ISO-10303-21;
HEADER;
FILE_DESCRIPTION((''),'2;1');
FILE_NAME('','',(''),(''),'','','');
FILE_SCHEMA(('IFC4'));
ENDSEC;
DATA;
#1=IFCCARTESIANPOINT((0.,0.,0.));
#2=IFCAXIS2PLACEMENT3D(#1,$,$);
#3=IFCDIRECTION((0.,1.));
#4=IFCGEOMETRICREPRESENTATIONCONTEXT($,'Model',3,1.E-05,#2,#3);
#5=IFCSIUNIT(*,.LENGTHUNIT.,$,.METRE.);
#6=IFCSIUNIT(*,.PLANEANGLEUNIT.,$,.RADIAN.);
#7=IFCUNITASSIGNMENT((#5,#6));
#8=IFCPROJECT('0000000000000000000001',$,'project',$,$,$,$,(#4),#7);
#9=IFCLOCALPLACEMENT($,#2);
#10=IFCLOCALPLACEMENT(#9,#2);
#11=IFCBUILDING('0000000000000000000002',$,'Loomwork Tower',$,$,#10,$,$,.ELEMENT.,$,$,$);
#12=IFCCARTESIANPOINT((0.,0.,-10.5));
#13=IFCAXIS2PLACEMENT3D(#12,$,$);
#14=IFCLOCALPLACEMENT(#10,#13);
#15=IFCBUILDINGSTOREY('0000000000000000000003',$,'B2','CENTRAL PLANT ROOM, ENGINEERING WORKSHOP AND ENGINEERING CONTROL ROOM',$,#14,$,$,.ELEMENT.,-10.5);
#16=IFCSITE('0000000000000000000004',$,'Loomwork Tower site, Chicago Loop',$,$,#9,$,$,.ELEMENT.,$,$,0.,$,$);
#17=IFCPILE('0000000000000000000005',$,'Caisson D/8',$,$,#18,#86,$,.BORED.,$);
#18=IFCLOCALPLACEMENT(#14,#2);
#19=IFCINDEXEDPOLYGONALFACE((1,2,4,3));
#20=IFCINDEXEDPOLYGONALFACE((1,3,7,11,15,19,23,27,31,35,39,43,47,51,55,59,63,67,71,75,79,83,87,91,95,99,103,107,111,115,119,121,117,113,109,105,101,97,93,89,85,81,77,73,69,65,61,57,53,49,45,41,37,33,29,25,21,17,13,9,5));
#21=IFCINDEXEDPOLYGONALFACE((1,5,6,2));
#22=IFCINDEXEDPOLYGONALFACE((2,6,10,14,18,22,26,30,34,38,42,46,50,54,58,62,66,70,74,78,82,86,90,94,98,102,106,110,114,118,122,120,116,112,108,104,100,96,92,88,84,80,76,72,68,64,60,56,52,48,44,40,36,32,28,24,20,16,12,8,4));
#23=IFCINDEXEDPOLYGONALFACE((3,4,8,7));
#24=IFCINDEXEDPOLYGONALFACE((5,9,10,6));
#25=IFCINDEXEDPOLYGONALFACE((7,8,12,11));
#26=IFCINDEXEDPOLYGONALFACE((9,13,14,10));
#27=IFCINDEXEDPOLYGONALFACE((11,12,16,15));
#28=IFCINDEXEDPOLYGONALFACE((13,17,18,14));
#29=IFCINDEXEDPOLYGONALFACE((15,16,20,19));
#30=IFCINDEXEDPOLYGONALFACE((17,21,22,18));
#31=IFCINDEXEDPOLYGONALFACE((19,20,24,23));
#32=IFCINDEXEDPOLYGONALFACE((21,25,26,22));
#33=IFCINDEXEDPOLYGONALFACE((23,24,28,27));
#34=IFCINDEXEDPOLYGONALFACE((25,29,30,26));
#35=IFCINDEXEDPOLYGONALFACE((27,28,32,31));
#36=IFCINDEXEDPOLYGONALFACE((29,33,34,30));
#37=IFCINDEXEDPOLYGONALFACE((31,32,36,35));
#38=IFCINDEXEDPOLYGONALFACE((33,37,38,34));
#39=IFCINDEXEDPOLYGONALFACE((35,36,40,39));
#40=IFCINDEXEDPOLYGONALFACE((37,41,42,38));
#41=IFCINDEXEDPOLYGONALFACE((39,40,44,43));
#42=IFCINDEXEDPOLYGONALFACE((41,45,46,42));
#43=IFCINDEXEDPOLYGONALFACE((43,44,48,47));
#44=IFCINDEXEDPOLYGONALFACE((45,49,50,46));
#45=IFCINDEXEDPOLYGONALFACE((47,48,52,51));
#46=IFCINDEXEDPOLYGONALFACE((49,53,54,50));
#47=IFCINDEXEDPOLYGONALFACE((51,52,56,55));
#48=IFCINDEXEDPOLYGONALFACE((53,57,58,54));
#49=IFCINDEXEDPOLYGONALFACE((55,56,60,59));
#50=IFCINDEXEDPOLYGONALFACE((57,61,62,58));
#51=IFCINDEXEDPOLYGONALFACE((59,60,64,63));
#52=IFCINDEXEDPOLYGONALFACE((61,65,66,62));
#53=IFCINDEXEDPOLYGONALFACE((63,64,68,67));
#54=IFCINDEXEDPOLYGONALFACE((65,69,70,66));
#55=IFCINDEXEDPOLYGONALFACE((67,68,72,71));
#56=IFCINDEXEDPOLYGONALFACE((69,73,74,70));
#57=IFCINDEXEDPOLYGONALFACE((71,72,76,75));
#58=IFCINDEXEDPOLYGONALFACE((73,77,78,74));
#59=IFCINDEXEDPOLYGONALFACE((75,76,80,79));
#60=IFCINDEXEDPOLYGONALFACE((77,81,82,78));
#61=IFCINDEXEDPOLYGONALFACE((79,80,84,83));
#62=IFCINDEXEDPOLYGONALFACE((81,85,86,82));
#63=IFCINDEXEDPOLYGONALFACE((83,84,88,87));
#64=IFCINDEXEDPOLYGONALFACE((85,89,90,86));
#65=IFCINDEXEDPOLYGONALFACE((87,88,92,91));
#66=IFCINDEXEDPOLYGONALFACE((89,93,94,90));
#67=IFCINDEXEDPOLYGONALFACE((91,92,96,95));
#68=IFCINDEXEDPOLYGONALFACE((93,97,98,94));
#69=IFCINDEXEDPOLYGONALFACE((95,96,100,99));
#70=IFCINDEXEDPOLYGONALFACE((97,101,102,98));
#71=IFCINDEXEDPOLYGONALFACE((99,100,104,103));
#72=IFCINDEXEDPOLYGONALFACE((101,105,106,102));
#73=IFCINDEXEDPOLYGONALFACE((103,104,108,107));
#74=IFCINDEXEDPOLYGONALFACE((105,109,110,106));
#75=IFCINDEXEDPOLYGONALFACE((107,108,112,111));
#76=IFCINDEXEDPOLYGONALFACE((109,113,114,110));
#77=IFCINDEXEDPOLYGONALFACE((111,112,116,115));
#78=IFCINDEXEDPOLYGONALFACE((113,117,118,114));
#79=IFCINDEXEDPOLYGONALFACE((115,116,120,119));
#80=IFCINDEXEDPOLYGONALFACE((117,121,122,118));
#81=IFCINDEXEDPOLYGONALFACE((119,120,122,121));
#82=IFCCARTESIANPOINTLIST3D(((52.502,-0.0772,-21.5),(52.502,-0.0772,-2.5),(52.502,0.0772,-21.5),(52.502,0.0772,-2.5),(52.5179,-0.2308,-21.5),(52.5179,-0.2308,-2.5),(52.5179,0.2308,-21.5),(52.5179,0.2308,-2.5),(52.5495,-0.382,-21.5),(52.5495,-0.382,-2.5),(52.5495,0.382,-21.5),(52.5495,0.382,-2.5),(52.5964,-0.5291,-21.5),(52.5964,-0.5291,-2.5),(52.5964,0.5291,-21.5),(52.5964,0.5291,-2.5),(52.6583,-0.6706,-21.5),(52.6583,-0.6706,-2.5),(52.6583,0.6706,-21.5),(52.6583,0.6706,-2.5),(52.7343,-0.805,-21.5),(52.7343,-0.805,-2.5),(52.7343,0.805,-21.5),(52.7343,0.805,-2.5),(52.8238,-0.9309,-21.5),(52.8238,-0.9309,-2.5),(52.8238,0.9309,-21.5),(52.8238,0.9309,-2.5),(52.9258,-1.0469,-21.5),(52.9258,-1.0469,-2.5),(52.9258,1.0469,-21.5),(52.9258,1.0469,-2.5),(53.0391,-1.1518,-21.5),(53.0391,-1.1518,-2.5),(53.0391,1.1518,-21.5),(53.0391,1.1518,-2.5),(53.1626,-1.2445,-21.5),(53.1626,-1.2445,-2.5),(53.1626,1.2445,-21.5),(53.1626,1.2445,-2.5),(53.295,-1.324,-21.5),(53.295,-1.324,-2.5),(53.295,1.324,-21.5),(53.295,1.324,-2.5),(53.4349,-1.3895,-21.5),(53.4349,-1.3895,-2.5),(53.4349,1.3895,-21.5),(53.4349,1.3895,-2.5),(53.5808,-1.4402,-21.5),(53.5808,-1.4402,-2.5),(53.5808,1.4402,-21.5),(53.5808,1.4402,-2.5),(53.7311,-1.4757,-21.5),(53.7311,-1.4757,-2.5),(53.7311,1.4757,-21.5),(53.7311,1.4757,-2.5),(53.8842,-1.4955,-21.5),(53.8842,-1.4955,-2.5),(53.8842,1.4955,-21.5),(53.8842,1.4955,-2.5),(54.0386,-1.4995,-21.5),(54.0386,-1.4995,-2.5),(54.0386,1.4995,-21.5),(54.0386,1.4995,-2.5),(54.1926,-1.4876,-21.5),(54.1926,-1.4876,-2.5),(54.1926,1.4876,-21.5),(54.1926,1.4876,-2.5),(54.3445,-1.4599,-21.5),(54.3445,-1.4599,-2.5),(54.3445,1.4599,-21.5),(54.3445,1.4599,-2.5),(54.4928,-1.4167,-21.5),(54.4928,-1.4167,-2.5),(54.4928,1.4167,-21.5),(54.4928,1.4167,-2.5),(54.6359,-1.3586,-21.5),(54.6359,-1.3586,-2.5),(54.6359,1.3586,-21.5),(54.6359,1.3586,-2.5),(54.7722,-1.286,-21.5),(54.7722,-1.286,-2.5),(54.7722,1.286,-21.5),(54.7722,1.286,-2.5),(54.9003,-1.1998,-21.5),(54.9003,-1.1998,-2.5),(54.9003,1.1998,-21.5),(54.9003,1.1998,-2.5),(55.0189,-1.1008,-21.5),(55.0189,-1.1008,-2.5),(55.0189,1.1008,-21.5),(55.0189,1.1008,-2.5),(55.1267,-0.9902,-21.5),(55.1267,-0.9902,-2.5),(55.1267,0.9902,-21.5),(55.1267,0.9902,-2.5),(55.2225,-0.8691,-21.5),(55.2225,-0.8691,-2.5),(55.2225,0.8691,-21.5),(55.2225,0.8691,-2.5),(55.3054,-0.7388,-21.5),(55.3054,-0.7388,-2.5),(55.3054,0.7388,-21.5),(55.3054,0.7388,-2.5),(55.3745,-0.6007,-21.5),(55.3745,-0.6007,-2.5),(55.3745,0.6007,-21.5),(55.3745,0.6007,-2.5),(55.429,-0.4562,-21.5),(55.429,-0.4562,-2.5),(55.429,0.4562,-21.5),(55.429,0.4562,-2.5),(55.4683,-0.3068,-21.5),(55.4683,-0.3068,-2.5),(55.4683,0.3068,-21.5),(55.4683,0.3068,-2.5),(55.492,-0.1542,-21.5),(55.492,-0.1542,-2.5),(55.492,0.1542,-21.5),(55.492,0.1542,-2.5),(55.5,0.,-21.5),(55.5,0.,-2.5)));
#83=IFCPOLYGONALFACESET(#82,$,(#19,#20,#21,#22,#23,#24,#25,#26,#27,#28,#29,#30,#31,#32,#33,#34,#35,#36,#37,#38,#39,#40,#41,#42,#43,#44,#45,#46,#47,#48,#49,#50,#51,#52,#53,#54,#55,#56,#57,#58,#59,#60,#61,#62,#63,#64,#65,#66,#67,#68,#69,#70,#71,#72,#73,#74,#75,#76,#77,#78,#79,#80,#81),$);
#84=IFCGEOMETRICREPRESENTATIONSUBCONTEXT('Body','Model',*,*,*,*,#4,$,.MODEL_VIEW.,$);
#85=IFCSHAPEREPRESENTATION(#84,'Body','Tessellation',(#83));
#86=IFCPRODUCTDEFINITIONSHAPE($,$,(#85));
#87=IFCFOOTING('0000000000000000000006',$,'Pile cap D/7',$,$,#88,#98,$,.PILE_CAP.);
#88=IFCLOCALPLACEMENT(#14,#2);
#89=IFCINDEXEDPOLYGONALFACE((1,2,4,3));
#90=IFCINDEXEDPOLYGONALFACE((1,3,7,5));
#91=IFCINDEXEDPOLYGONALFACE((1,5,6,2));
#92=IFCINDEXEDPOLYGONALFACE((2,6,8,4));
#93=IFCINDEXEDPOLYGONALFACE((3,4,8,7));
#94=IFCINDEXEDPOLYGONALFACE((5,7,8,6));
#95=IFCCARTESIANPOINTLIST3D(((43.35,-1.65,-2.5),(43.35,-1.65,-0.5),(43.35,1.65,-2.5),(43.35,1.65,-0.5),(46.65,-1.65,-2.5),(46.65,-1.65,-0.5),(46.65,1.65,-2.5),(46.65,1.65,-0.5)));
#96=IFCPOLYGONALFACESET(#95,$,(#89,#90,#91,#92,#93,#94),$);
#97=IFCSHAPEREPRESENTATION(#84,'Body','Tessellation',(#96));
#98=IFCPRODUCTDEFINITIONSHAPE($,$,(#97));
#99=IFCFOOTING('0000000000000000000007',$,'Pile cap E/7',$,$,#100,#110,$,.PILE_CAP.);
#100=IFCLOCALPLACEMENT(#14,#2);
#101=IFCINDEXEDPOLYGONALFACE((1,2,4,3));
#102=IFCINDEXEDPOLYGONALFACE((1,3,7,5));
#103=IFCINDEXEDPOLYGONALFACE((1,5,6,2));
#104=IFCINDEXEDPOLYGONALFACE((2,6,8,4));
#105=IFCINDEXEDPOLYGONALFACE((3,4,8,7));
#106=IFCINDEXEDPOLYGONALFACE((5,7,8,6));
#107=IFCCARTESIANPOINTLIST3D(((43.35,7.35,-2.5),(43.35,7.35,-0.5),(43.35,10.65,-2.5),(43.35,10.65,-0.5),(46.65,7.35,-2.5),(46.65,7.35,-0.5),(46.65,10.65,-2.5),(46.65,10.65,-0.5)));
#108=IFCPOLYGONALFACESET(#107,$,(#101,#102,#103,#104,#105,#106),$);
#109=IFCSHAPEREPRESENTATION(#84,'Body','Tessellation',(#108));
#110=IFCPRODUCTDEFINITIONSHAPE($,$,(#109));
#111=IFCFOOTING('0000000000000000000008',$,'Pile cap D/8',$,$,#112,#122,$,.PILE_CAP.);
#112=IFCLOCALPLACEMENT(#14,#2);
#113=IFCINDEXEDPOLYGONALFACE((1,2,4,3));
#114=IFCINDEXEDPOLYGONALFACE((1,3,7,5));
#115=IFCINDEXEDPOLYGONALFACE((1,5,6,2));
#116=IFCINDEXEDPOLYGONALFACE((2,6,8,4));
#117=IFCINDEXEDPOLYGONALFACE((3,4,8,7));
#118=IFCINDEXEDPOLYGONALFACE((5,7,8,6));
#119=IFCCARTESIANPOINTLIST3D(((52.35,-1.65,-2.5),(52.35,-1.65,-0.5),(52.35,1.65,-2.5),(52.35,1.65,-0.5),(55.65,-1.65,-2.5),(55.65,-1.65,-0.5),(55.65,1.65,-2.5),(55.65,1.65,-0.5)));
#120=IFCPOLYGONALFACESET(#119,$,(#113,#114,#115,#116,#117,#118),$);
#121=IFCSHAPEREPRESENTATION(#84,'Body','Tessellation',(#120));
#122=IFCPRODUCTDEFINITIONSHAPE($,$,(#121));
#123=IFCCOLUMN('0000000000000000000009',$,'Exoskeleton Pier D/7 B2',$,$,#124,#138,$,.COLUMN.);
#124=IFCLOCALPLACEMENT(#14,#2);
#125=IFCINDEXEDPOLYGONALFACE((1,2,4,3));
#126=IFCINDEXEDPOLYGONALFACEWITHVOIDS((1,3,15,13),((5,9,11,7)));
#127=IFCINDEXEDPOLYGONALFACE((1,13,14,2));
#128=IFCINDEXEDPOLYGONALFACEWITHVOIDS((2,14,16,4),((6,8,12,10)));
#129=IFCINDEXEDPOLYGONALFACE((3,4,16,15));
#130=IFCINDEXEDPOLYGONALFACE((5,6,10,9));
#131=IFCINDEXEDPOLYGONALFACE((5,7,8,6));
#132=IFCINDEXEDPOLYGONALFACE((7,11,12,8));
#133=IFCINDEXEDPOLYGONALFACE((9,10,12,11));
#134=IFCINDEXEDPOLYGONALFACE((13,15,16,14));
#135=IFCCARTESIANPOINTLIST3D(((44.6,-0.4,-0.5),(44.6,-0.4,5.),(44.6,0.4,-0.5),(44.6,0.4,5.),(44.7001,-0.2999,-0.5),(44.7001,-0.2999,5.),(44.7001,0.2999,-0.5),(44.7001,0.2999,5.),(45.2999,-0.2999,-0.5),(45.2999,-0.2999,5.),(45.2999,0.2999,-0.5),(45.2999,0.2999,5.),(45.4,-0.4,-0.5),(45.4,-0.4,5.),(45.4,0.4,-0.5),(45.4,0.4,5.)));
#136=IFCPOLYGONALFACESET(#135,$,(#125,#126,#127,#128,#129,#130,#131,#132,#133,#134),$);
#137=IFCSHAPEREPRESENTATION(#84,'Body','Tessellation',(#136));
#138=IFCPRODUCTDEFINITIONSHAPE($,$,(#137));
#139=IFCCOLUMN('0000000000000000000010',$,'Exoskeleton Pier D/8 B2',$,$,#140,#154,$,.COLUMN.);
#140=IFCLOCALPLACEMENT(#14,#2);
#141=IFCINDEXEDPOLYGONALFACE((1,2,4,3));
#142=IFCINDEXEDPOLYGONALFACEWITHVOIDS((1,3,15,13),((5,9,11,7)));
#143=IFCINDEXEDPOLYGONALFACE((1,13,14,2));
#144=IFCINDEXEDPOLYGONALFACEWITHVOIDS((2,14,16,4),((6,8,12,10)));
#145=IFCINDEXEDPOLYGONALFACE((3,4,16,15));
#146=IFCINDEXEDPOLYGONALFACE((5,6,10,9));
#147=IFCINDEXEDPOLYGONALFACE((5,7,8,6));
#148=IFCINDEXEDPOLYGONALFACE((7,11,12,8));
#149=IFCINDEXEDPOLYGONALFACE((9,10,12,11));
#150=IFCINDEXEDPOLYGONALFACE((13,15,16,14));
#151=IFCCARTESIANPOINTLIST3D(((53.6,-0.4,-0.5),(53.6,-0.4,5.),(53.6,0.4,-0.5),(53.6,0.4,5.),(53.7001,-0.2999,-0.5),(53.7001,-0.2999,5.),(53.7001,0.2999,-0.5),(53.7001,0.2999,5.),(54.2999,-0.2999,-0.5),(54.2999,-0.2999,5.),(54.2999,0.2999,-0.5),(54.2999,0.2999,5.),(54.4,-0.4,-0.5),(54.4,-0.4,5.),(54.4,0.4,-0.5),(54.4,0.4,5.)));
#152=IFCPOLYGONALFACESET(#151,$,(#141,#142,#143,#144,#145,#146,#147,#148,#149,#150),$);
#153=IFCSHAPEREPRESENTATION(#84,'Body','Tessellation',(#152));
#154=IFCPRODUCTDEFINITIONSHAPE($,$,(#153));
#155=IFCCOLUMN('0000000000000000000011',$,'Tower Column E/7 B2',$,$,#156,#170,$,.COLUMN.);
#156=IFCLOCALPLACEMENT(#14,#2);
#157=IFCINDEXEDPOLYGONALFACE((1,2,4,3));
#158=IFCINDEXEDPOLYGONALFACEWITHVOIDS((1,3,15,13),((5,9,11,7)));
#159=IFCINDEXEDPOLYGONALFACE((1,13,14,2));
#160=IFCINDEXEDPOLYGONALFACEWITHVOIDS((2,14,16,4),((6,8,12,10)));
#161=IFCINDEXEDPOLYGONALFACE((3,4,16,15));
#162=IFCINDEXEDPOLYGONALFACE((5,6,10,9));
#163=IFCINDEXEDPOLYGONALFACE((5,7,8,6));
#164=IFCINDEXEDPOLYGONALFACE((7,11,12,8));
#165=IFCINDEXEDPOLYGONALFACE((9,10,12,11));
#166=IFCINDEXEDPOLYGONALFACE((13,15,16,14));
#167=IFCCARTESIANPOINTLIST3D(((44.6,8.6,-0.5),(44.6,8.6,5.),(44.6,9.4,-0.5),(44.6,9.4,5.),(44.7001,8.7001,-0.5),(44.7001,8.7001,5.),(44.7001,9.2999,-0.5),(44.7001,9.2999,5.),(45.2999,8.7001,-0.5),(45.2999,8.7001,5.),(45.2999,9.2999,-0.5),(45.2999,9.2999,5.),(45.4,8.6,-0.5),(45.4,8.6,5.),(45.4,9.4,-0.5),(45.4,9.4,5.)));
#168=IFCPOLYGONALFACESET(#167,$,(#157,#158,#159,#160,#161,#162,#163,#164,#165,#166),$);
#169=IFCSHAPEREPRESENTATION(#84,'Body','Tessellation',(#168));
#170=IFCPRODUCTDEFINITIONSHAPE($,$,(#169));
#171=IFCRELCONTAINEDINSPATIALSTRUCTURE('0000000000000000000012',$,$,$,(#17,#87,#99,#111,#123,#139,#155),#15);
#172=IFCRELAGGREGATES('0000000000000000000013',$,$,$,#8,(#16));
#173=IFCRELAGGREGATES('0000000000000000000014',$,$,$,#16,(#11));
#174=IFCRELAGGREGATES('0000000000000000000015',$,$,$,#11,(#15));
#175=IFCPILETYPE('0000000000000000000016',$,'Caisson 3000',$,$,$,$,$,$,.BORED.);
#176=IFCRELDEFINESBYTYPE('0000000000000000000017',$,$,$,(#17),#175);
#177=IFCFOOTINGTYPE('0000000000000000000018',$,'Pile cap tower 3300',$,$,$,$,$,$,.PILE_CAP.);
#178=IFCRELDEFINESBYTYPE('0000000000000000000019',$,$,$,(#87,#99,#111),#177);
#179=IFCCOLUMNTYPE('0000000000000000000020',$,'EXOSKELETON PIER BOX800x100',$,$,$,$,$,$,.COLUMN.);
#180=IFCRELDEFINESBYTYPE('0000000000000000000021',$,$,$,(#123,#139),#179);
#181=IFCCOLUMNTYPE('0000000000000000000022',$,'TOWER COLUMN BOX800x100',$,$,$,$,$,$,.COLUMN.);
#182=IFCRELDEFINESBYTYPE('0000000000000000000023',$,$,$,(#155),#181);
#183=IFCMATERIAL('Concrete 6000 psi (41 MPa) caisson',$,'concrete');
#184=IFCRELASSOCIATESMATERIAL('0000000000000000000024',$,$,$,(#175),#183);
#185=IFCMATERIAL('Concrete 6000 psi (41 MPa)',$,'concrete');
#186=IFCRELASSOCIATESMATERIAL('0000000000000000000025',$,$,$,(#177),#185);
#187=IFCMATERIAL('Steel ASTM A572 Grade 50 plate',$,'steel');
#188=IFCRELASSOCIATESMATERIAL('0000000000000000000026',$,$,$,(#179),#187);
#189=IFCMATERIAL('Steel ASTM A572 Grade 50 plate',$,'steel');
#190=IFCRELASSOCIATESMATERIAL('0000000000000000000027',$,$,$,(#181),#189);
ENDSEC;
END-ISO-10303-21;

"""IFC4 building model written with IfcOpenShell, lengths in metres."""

from ifc_helpers import new_model, si_unit, direction, frame, origin, origin_2d, place, context, subcontext, project, spatial, rectangle, hollow_rectangle, circle, extrude, material, material_profile, profile_set, type_object, element, save


model = new_model("IFC4")

# Units and contexts
model_context = context("Model", 3, precision=1e-05, world=origin(), true_north=direction((0.0, 1.0)))
body_context = subcontext(model_context, "Body", "Model", "MODEL_VIEW")
ifc_project = project(units=[si_unit("LENGTHUNIT", "METRE"), si_unit("PLANEANGLEUNIT", "RADIAN")], contexts=[model_context])

# Site, building, storey
site_placement = place(None, origin())
site = spatial("IfcSite", under=ifc_project, at=site_placement, Name="Loomwork Tower site, Chicago Loop", CompositionType="ELEMENT", RefElevation=0.0)
building_placement = place(site_placement, origin())
building = spatial("IfcBuilding", under=site, at=building_placement, Name="Loomwork Tower", CompositionType="ELEMENT")
storey_placement = place(building_placement, frame((0.0, 0.0, -10.5)))
storey = spatial("IfcBuildingStorey", under=building, at=storey_placement, Name="B2", Description="CENTRAL PLANT ROOM, ENGINEERING WORKSHOP AND ENGINEERING CONTROL ROOM", CompositionType="ELEMENT", Elevation=-10.5)

# Pile
ifc_material_1 = material(Name="Concrete 6000 psi (41 MPa) caisson", Category="concrete")
ifc_material_profile_1 = material_profile(ifc_material_1, circle(Radius=1.5, at=origin_2d()), Name="D3000")
ifc_profile_set_1 = profile_set([ifc_material_profile_1], Name="Concrete 6000 psi (41 MPa) caisson")
pile_type = type_object("IfcPileType", Name="Caisson 3000", PredefinedType="BORED", material=ifc_profile_set_1)
for number, where, z_axis, x_axis, name in (
    (1, (54.0, 0.0, -2.5), (0.0, 0.0, -1.0), (1.0, 0.0, 0.0), "Caisson D/8"),
):
    element("IfcPile", number, at=place(storey_placement, frame(where, z_axis=z_axis, x_axis=x_axis)), inside=storey, type_object=pile_type, Name=name, PredefinedType="BORED", context=body_context, shape_type="SweptSolid", body=[
        extrude(circle(Radius=1.5, at=origin_2d()), origin(), (0.0, 0.0, 1.0), 19.0),
    ])

# Footings
ifc_material_2 = material(Name="Concrete 6000 psi (41 MPa)", Category="concrete")
footing_type = type_object("IfcFootingType", Name="Pile cap tower 3300", PredefinedType="PILE_CAP", material=ifc_material_2)
for number, where, z_axis, x_axis, name in (
    (2, (45.0, 0.0, -2.5), (0.0, 0.0, 1.0), (1.0, 0.0, 0.0), "Pile cap D/7"),
    (3, (45.0, 9.0, -2.5), (0.0, 0.0, 1.0), (1.0, 0.0, 0.0), "Pile cap E/7"),
    (4, (54.0, 0.0, -2.5), (0.0, 0.0, 1.0), (1.0, 0.0, 0.0), "Pile cap D/8"),
):
    element("IfcFooting", number, at=place(storey_placement, frame(where, z_axis=z_axis, x_axis=x_axis)), inside=storey, type_object=footing_type, Name=name, PredefinedType="PILE_CAP", context=body_context, shape_type="SweptSolid", body=[
        extrude(rectangle(XDim=3.3, YDim=3.3, at=origin_2d()), origin(), (0.0, 0.0, 1.0), 2.0),
    ])

# Columns
ifc_material_3 = material(Name="Steel ASTM A572 Grade 50 plate", Category="steel")
ifc_material_profile_2 = material_profile(ifc_material_3, hollow_rectangle(XDim=0.8, YDim=0.8, WallThickness=0.1001, at=origin_2d()), Name="BOX800x100")
ifc_profile_set_2 = profile_set([ifc_material_profile_2], Name="Steel ASTM A572 Grade 50 plate")
column_type_1 = type_object("IfcColumnType", Name="EXOSKELETON PIER BOX800x100", PredefinedType="COLUMN", material=ifc_profile_set_2)
for number, where, z_axis, x_axis, name in (
    (5, (45.0, 0.0, -0.5), (0.0, 0.0, 1.0), (1.0, 0.0, 0.0), "Exoskeleton Pier D/7 B2"),
    (6, (54.0, 0.0, -0.5), (0.0, 0.0, 1.0), (1.0, 0.0, 0.0), "Exoskeleton Pier D/8 B2"),
):
    element("IfcColumn", number, at=place(storey_placement, frame(where, z_axis=z_axis, x_axis=x_axis)), inside=storey, type_object=column_type_1, Name=name, PredefinedType="COLUMN", context=body_context, shape_type="SweptSolid", body=[
        extrude(hollow_rectangle(XDim=0.8, YDim=0.8, WallThickness=0.1001, at=origin_2d()), origin(), (0.0, 0.0, 1.0), 5.5),
    ])
ifc_material_4 = material(Name="Steel ASTM A572 Grade 50 plate", Category="steel")
ifc_material_profile_3 = material_profile(ifc_material_4, hollow_rectangle(XDim=0.8, YDim=0.8, WallThickness=0.1001, at=origin_2d()), Name="BOX800x100")
ifc_profile_set_3 = profile_set([ifc_material_profile_3], Name="Steel ASTM A572 Grade 50 plate")
column_type_2 = type_object("IfcColumnType", Name="TOWER COLUMN BOX800x100", PredefinedType="COLUMN", material=ifc_profile_set_3)
column_placement = place(storey_placement, frame((45.0, 9.0, -0.5), z_axis=(0.0, 0.0, 1.0), x_axis=(0.0, 1.0, 0.0)))
element("IfcColumn", 7, at=column_placement, inside=storey, type_object=column_type_2, Name="Tower Column E/7 B2", PredefinedType="COLUMN", context=body_context, shape_type="SweptSolid", body=[
    extrude(hollow_rectangle(XDim=0.8, YDim=0.8, WallThickness=0.1001, at=origin_2d()), origin(), (0.0, 0.0, 1.0), 5.5),
])

save(model, "model.ifc")
